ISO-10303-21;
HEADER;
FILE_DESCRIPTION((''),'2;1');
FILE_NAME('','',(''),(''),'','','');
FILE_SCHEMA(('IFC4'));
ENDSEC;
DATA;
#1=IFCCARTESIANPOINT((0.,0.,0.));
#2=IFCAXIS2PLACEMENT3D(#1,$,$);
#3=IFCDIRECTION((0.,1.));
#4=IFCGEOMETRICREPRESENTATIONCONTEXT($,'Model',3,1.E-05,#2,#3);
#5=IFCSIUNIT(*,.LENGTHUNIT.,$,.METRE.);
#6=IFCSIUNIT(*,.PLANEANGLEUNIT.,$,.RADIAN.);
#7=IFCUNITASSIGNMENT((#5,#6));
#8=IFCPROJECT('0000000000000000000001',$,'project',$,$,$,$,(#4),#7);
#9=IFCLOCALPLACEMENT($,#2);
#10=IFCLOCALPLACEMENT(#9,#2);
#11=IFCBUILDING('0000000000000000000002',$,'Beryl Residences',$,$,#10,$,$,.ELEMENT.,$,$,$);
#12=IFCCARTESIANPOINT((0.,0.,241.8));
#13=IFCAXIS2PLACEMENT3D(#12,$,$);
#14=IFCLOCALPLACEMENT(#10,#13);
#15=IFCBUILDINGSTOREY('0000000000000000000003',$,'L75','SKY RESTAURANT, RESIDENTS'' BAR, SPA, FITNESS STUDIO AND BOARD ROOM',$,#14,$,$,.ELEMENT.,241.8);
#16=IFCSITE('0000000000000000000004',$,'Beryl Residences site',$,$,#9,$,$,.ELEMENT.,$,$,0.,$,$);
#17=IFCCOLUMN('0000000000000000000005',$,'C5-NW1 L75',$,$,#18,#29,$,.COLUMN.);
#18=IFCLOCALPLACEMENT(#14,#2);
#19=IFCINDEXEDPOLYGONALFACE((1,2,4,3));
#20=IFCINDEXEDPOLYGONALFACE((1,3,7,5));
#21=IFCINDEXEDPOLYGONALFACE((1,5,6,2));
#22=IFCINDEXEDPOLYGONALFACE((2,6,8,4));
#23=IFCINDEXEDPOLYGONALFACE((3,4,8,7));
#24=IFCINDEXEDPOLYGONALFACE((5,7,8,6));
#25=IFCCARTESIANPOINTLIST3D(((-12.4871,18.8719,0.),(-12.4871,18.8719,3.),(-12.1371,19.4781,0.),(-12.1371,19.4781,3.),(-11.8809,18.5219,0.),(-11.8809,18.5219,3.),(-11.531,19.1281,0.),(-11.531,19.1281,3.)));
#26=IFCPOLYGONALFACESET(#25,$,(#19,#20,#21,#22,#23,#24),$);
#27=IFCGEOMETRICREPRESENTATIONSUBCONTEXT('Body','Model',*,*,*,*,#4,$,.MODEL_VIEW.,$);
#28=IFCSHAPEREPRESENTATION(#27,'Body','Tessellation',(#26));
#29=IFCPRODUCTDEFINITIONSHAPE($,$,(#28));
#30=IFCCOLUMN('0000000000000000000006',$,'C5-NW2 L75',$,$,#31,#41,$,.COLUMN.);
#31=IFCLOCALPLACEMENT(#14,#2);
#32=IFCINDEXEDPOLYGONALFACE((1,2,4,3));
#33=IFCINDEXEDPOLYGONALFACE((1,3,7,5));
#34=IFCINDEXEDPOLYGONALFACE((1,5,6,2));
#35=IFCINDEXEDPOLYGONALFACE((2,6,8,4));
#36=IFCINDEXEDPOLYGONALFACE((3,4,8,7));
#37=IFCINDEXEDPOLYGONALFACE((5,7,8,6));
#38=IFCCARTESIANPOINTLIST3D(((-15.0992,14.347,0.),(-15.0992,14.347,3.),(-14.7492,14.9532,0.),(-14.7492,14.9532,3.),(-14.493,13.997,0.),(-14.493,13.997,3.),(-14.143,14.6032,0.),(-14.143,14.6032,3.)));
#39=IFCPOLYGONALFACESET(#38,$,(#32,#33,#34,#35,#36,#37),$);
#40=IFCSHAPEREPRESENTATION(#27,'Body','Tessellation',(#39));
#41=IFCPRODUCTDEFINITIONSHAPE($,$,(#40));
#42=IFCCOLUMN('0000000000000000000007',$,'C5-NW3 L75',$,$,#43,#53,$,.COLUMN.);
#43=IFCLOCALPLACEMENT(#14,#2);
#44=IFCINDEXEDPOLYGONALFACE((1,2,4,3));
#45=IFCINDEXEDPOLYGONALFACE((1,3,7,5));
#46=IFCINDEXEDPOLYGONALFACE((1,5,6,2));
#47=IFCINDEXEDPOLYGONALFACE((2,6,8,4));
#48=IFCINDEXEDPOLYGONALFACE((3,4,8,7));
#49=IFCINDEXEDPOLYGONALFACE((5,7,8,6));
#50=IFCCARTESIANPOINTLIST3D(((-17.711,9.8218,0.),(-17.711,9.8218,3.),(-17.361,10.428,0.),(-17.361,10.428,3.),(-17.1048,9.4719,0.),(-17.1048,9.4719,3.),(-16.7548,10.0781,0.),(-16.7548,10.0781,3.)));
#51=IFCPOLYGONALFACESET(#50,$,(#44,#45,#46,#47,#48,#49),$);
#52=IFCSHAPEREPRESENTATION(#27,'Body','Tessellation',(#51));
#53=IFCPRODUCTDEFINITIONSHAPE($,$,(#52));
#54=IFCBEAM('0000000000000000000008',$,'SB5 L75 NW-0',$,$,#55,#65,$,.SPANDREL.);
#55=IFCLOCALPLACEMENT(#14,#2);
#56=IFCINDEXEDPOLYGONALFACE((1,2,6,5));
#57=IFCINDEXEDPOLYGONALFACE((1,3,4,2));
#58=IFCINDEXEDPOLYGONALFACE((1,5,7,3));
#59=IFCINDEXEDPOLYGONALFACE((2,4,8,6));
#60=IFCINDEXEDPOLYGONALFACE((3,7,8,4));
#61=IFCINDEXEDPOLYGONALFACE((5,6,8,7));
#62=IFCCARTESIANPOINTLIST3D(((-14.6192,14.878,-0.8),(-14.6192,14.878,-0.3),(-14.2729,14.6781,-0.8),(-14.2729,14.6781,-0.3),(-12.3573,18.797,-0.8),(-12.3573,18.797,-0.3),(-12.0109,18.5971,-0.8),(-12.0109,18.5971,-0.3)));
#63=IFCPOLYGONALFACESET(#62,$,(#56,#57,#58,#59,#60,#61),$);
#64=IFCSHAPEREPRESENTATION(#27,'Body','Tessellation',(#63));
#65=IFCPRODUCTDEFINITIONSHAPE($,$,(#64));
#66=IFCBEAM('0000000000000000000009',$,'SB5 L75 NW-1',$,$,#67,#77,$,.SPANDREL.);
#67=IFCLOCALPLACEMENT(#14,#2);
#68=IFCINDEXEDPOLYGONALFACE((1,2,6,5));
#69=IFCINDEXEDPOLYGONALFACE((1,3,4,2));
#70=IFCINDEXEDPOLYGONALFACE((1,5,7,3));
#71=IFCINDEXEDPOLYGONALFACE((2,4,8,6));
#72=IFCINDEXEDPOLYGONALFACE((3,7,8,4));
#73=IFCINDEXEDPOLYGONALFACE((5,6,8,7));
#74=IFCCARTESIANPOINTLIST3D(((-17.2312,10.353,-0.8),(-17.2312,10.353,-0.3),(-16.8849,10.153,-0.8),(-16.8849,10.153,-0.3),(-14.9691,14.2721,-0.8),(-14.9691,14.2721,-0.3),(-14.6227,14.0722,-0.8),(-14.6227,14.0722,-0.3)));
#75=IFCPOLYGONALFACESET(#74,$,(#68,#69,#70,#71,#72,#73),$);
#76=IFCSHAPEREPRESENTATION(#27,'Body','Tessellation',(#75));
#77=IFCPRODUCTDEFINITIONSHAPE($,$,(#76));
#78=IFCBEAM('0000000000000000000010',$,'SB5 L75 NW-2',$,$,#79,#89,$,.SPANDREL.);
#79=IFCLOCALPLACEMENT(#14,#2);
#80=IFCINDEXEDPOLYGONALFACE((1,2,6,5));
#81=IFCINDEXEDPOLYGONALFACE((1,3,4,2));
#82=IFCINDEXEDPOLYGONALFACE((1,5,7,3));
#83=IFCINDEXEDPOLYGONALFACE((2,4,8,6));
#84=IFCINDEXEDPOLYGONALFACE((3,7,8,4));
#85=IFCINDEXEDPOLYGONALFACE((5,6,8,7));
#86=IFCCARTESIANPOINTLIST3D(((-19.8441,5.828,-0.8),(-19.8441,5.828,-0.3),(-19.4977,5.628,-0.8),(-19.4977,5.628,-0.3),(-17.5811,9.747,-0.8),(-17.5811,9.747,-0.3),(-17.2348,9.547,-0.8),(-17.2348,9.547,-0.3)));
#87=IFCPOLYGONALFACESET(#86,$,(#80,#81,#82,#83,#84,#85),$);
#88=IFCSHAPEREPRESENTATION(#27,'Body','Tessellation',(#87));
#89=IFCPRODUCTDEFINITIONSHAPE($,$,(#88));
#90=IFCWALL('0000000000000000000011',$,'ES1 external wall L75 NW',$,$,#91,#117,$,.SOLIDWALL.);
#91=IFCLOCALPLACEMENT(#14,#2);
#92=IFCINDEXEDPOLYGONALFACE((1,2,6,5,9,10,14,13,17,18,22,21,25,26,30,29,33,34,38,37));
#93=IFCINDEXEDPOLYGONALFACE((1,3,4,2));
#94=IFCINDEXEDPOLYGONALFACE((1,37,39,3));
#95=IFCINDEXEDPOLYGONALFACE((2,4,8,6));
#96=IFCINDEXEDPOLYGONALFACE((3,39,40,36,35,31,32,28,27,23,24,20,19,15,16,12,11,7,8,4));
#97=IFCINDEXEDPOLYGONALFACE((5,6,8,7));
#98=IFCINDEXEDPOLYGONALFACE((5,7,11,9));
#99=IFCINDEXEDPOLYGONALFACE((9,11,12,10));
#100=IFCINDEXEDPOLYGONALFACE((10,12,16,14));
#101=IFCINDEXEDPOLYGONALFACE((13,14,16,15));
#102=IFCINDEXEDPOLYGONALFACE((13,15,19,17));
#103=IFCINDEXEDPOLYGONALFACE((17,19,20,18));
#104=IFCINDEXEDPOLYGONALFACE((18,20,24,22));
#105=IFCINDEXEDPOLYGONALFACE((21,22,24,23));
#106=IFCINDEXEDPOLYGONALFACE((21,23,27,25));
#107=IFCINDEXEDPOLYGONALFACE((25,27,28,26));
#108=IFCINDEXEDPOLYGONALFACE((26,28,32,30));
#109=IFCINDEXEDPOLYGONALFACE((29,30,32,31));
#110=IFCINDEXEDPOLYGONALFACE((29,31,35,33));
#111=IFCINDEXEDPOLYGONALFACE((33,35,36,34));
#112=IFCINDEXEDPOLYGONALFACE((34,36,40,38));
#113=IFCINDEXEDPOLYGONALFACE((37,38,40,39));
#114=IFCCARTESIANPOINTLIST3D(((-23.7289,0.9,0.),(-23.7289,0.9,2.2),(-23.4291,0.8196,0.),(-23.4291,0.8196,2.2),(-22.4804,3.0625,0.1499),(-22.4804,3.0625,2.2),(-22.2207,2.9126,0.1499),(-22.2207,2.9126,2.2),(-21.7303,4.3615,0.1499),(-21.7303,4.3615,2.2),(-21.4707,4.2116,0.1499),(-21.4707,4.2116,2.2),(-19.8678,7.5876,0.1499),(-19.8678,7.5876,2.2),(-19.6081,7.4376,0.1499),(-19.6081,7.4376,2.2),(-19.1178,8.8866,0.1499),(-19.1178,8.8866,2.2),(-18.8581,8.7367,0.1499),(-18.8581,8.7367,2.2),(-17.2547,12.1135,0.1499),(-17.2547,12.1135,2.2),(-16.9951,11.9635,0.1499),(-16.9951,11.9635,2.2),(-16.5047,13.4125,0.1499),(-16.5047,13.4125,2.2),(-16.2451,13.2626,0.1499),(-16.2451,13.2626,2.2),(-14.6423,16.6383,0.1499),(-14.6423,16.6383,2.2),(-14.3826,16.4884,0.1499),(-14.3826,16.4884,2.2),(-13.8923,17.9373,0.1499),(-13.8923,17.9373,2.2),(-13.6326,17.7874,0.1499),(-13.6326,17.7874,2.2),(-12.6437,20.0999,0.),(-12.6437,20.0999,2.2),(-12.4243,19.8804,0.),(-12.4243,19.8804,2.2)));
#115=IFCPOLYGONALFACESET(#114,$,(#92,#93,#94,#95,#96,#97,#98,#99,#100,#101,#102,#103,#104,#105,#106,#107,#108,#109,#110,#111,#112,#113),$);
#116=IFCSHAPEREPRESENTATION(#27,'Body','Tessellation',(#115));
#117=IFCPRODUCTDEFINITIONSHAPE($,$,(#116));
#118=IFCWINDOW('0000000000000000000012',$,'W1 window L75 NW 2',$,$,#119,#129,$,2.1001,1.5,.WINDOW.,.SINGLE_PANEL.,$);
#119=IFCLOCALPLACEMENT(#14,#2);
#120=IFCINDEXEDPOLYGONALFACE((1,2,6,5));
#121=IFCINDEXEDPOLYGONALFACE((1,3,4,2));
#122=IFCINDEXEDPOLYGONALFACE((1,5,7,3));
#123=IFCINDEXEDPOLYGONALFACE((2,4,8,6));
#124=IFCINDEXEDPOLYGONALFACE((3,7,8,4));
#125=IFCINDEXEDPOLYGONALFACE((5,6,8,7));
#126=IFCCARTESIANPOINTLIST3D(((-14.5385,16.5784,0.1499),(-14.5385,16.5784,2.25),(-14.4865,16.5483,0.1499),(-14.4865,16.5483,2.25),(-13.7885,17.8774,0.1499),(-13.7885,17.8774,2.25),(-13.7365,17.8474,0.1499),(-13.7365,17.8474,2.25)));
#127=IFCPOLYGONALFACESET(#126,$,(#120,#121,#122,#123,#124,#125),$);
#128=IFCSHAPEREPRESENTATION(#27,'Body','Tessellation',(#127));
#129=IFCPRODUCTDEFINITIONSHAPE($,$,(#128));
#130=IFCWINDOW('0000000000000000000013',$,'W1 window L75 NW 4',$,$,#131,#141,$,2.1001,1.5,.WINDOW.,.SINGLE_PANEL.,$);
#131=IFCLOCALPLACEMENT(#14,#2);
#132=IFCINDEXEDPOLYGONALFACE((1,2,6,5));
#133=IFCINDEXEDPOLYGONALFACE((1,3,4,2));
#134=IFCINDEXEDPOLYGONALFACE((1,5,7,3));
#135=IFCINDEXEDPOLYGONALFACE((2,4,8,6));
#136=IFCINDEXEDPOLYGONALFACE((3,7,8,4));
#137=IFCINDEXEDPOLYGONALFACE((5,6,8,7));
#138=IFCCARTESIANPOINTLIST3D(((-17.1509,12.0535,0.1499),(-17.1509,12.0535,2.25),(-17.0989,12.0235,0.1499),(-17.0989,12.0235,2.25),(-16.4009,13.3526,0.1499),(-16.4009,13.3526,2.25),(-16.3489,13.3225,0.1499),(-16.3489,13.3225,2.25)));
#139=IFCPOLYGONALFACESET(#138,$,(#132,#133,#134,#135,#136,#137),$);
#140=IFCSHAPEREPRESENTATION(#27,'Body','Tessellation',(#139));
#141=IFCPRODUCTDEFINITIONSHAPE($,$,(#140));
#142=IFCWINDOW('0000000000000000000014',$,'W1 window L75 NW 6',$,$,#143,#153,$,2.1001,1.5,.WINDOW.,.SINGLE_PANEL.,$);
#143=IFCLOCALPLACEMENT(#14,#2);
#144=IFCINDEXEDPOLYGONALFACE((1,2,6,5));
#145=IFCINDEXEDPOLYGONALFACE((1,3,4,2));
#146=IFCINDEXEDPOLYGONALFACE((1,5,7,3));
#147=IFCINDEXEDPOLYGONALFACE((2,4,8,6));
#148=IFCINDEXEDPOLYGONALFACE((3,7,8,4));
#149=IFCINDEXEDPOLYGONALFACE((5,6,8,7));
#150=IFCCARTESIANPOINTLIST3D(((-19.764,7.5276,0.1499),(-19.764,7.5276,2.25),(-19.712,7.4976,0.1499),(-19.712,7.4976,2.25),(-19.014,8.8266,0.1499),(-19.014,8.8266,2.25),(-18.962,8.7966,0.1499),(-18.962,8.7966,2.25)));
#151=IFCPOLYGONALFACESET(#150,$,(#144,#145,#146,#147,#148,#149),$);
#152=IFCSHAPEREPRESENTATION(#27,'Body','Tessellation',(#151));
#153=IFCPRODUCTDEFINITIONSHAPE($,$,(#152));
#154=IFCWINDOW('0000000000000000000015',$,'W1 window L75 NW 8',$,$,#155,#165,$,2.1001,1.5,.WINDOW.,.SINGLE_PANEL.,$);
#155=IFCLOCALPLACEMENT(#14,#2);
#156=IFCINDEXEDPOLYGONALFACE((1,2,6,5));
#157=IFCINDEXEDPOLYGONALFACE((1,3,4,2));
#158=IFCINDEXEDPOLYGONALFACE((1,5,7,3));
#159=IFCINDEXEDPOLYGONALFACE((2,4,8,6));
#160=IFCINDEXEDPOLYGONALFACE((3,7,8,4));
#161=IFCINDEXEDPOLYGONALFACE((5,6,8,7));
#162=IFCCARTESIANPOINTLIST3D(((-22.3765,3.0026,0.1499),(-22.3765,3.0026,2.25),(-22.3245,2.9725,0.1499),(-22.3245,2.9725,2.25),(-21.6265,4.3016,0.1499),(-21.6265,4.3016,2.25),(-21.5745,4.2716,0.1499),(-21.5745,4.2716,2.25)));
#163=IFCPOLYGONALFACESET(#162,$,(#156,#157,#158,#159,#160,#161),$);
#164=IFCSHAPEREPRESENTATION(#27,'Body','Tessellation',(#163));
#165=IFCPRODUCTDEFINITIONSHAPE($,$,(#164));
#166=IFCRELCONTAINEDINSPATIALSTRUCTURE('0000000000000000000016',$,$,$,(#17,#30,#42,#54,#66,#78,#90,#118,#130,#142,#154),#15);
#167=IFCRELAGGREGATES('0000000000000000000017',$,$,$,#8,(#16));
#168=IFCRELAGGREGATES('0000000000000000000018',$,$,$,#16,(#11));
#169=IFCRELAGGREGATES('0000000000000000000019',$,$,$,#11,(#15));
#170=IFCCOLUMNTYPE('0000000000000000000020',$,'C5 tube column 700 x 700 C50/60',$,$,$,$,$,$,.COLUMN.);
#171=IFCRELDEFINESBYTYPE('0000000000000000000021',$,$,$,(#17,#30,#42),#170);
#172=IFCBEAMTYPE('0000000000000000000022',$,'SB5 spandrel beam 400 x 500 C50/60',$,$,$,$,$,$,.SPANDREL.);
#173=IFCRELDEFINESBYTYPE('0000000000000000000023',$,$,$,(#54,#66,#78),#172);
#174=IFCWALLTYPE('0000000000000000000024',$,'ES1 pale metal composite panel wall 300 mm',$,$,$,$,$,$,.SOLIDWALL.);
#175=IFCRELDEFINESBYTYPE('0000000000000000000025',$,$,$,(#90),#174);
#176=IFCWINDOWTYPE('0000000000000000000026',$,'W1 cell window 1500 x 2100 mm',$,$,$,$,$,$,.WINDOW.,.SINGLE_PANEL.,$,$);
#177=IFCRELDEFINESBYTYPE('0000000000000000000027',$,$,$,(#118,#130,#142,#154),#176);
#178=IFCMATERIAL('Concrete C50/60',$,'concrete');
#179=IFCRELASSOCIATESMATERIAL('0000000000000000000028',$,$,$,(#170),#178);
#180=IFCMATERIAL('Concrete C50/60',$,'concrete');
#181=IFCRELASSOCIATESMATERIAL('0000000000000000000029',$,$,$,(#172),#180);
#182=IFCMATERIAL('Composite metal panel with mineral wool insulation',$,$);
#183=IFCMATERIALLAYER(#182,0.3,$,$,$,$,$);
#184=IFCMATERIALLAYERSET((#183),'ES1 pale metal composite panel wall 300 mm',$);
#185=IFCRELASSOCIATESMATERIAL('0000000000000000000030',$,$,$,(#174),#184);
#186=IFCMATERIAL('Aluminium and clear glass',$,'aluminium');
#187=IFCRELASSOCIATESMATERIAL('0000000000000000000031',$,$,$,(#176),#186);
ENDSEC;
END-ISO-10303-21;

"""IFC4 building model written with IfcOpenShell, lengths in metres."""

from ifc_helpers import new_model, si_unit, direction, frame, frame_2d, origin, origin_2d, place, context, subcontext, project, spatial, polyline, rectangle, outline, extrude, material, layer, layer_set, material_profile, profile_set, type_object, element, fill, save


model = new_model("IFC4")

# Units and contexts
model_context = context("Model", 3, precision=1e-05, world=origin(), true_north=direction((0.0, 1.0)))
body_context = subcontext(model_context, "Body", "Model", "MODEL_VIEW")
ifc_project = project(units=[si_unit("LENGTHUNIT", "METRE"), si_unit("PLANEANGLEUNIT", "RADIAN")], contexts=[model_context])

# Site, building, storey
site_placement = place(None, origin())
site = spatial("IfcSite", under=ifc_project, at=site_placement, Name="Beryl Residences site", CompositionType="ELEMENT", RefElevation=0.0)
building_placement = place(site_placement, origin())
building = spatial("IfcBuilding", under=site, at=building_placement, Name="Beryl Residences", CompositionType="ELEMENT")
storey_placement = place(building_placement, frame((0.0, 0.0, 241.8)))
storey = spatial("IfcBuildingStorey", under=building, at=storey_placement, Name="L75", Description="SKY RESTAURANT, RESIDENTS' BAR, SPA, FITNESS STUDIO AND BOARD ROOM", CompositionType="ELEMENT", Elevation=241.8)

# Columns
ifc_material_1 = material(Name="Concrete C50/60", Category="concrete")
ifc_material_profile_1 = material_profile(ifc_material_1, rectangle(XDim=0.7, YDim=0.7, at=origin_2d()))
ifc_profile_set_1 = profile_set([ifc_material_profile_1], Name="Concrete C50/60")
column_type = type_object("IfcColumnType", Name="C5 tube column 700 x 700 C50/60", PredefinedType="COLUMN", material=ifc_profile_set_1)
for number, where, z_axis, x_axis, name in (
    (1, (-12.009, 19.0, 0.0), (0.0, 0.0, 1.0), (-0.49997, -0.866043, 0.0), "C5-NW1 L75"),
    (2, (-14.6211, 14.4751, 0.0), (0.0, 0.0, 1.0), (-0.49997, -0.866043, 0.0), "C5-NW2 L75"),
    (3, (-17.2329, 9.95, 0.0), (0.0, 0.0, 1.0), (-0.49997, -0.866043, 0.0), "C5-NW3 L75"),
):
    element("IfcColumn", number, at=place(storey_placement, frame(where, z_axis=z_axis, x_axis=x_axis)), inside=storey, type_object=column_type, Name=name, PredefinedType="COLUMN", context=body_context, shape_type="SweptSolid", body=[
        extrude(rectangle(XDim=0.7, YDim=0.7, at=origin_2d()), origin(), (0.0, 0.0, 1.0), 3.0),
    ])

# Beams
ifc_material_2 = material(Name="Concrete C50/60", Category="concrete")
ifc_material_profile_2 = material_profile(ifc_material_2, rectangle(XDim=0.3999, YDim=0.5, at=origin_2d()))
ifc_profile_set_2 = profile_set([ifc_material_profile_2], Name="Concrete C50/60")
beam_type = type_object("IfcBeamType", Name="SB5 spandrel beam 400 x 500 C50/60", PredefinedType="SPANDREL", material=ifc_profile_set_2)
beam_1_placement = place(storey_placement, frame((-12.1841, 18.697, -0.55), z_axis=(-0.499894, -0.866087, 0.0), x_axis=(0.866087, -0.499894, 0.0)))
element("IfcBeam", 4, at=beam_1_placement, inside=storey, type_object=beam_type, Name="SB5 L75 NW-0", PredefinedType="SPANDREL", context=body_context, shape_type="SweptSolid", body=[
    extrude(rectangle(XDim=0.3999, YDim=0.5, at=origin_2d()), origin(), (0.0, 0.0, 1.0), 4.5249),
])
beam_2_placement = place(storey_placement, frame((-14.7959, 14.1721, -0.55), z_axis=(-0.499911, -0.866077, 0.0), x_axis=(0.866077, -0.499911, 0.0)))
element("IfcBeam", 5, at=beam_2_placement, inside=storey, type_object=beam_type, Name="SB5 L75 NW-1", PredefinedType="SPANDREL", context=body_context, shape_type="SweptSolid", body=[
    extrude(rectangle(XDim=0.3999, YDim=0.5, at=origin_2d()), origin(), (0.0, 0.0, 1.0), 4.5251),
])
beam_3_placement = place(storey_placement, frame((-17.408, 9.647, -0.55), z_axis=(-0.500056, -0.865993, 0.0), x_axis=(0.865993, -0.500056, 0.0)))
element("IfcBeam", 6, at=beam_3_placement, inside=storey, type_object=beam_type, Name="SB5 L75 NW-2", PredefinedType="SPANDREL", context=body_context, shape_type="SweptSolid", body=[
    extrude(rectangle(XDim=0.3999, YDim=0.5, at=origin_2d()), origin(), (0.0, 0.0, 1.0), 4.5254),
])

# Wall, openings, windows
ifc_material_3 = material(Name="Composite metal panel with mineral wool insulation")
ifc_layer_1 = layer(ifc_material_3, 0.3)
ifc_layer_set_1 = layer_set([ifc_layer_1], Name="ES1 pale metal composite panel wall 300 mm")
wall_type_1 = type_object("IfcWallType", Name="ES1 pale metal composite panel wall 300 mm", PredefinedType="SOLIDWALL", material=ifc_layer_set_1)
wall_1_placement = place(storey_placement, frame((-12.5139, 20.0249, 0.0), z_axis=(0.0, 0.0, 1.0), x_axis=(-0.500004, -0.866023, 0.0)))
wall_1 = element("IfcWall", 7, at=wall_1_placement, inside=storey, type_object=wall_type_1, Name="ES1 external wall L75 NW", PredefinedType="SOLIDWALL", context=body_context, shape_type="SweptSolid", body=[
    extrude(outline(polyline([(0.0, -0.1499), (22.1702, -0.1499), (22.0898, 0.1499), (0.0803, 0.1499), (0.0, -0.1499)])), origin(), (0.0, 0.0, 1.0), 2.2),
])
opening_1_placement = place(wall_1_placement, frame((2.4971, 0.0, 0.1499)))
opening_1 = element("IfcOpeningElement", 8, at=opening_1_placement, cuts=wall_1, PredefinedType="OPENING", context=body_context, shape_type="SweptSolid", body=[
    extrude(rectangle(XDim=1.5, YDim=2.1001, at=frame_2d((0.75, 1.05))), frame((0.0, 0.1599, 0.0), z_axis=(0.0, -1.0, 0.0), x_axis=(1.0, 0.0, 0.0)), (0.0, 0.0, 1.0), 0.3201),
])
opening_2_placement = place(wall_1_placement, frame((7.7219, 0.0, 0.1499)))
opening_2 = element("IfcOpeningElement", 9, at=opening_2_placement, cuts=wall_1, PredefinedType="OPENING", context=body_context, shape_type="SweptSolid", body=[
    extrude(rectangle(XDim=1.5, YDim=2.1001, at=frame_2d((0.75, 1.05))), frame((0.0, 0.1599, 0.0), z_axis=(0.0, -1.0, 0.0), x_axis=(1.0, 0.0, 0.0)), (0.0, 0.0, 1.0), 0.3201),
])
opening_3_placement = place(wall_1_placement, frame((12.948, 0.0, 0.1499)))
opening_3 = element("IfcOpeningElement", 10, at=opening_3_placement, cuts=wall_1, PredefinedType="OPENING", context=body_context, shape_type="SweptSolid", body=[
    extrude(rectangle(XDim=1.5, YDim=2.1001, at=frame_2d((0.75, 1.05))), frame((0.0, 0.1599, 0.0), z_axis=(0.0, -1.0, 0.0), x_axis=(1.0, 0.0, 0.0)), (0.0, 0.0, 1.0), 0.3201),
])
opening_4_placement = place(wall_1_placement, frame((18.1731, 0.0, 0.1499)))
opening_4 = element("IfcOpeningElement", 11, at=opening_4_placement, cuts=wall_1, PredefinedType="OPENING", context=body_context, shape_type="SweptSolid", body=[
    extrude(rectangle(XDim=1.5, YDim=2.1001, at=frame_2d((0.75, 1.05))), frame((0.0, 0.1599, 0.0), z_axis=(0.0, -1.0, 0.0), x_axis=(1.0, 0.0, 0.0)), (0.0, 0.0, 1.0), 0.3201),
])
ifc_material_4 = material(Name="Aluminium and clear glass", Category="aluminium")
window_type = type_object("IfcWindowType", Name="W1 cell window 1500 x 2100 mm", PartitioningType="SINGLE_PANEL", PredefinedType="WINDOW", material=ifc_material_4)
window_1_placement = place(opening_1_placement, origin())
window_1 = element("IfcWindow", 12, at=window_1_placement, inside=storey, type_object=window_type, Name="W1 window L75 NW 2", OverallHeight=2.1001, OverallWidth=1.5, PartitioningType="SINGLE_PANEL", PredefinedType="WINDOW", context=body_context, shape_type="SweptSolid", body=[
    extrude(rectangle(XDim=1.5, YDim=2.1001, at=frame_2d((0.75, 1.05))), frame((0.0, 0.03, 0.0), z_axis=(0.0, -1.0, 0.0), x_axis=(1.0, 0.0, 0.0)), (0.0, 0.0, 1.0), 0.0601),
])
fill(opening_1, window_1)
window_2_placement = place(opening_2_placement, origin())
window_2 = element("IfcWindow", 13, at=window_2_placement, inside=storey, type_object=window_type, Name="W1 window L75 NW 4", OverallHeight=2.1001, OverallWidth=1.5, PartitioningType="SINGLE_PANEL", PredefinedType="WINDOW", context=body_context, shape_type="SweptSolid", body=[
    extrude(rectangle(XDim=1.5, YDim=2.1001, at=frame_2d((0.75, 1.05))), frame((0.0, 0.03, 0.0), z_axis=(0.0, -1.0, 0.0), x_axis=(1.0, 0.0, 0.0)), (0.0, 0.0, 1.0), 0.0601),
])
fill(opening_2, window_2)
window_3_placement = place(opening_3_placement, origin())
window_3 = element("IfcWindow", 14, at=window_3_placement, inside=storey, type_object=window_type, Name="W1 window L75 NW 6", OverallHeight=2.1001, OverallWidth=1.5, PartitioningType="SINGLE_PANEL", PredefinedType="WINDOW", context=body_context, shape_type="SweptSolid", body=[
    extrude(rectangle(XDim=1.5, YDim=2.1001, at=frame_2d((0.75, 1.05))), frame((0.0, 0.03, 0.0), z_axis=(0.0, -1.0, 0.0), x_axis=(1.0, 0.0, 0.0)), (0.0, 0.0, 1.0), 0.0601),
])
fill(opening_3, window_3)
window_4_placement = place(opening_4_placement, origin())
window_4 = element("IfcWindow", 15, at=window_4_placement, inside=storey, type_object=window_type, Name="W1 window L75 NW 8", OverallHeight=2.1001, OverallWidth=1.5, PartitioningType="SINGLE_PANEL", PredefinedType="WINDOW", context=body_context, shape_type="SweptSolid", body=[
    extrude(rectangle(XDim=1.5, YDim=2.1001, at=frame_2d((0.75, 1.05))), frame((0.0, 0.03, 0.0), z_axis=(0.0, -1.0, 0.0), x_axis=(1.0, 0.0, 0.0)), (0.0, 0.0, 1.0), 0.0601),
])
fill(opening_4, window_4)

save(model, "model.ifc")
